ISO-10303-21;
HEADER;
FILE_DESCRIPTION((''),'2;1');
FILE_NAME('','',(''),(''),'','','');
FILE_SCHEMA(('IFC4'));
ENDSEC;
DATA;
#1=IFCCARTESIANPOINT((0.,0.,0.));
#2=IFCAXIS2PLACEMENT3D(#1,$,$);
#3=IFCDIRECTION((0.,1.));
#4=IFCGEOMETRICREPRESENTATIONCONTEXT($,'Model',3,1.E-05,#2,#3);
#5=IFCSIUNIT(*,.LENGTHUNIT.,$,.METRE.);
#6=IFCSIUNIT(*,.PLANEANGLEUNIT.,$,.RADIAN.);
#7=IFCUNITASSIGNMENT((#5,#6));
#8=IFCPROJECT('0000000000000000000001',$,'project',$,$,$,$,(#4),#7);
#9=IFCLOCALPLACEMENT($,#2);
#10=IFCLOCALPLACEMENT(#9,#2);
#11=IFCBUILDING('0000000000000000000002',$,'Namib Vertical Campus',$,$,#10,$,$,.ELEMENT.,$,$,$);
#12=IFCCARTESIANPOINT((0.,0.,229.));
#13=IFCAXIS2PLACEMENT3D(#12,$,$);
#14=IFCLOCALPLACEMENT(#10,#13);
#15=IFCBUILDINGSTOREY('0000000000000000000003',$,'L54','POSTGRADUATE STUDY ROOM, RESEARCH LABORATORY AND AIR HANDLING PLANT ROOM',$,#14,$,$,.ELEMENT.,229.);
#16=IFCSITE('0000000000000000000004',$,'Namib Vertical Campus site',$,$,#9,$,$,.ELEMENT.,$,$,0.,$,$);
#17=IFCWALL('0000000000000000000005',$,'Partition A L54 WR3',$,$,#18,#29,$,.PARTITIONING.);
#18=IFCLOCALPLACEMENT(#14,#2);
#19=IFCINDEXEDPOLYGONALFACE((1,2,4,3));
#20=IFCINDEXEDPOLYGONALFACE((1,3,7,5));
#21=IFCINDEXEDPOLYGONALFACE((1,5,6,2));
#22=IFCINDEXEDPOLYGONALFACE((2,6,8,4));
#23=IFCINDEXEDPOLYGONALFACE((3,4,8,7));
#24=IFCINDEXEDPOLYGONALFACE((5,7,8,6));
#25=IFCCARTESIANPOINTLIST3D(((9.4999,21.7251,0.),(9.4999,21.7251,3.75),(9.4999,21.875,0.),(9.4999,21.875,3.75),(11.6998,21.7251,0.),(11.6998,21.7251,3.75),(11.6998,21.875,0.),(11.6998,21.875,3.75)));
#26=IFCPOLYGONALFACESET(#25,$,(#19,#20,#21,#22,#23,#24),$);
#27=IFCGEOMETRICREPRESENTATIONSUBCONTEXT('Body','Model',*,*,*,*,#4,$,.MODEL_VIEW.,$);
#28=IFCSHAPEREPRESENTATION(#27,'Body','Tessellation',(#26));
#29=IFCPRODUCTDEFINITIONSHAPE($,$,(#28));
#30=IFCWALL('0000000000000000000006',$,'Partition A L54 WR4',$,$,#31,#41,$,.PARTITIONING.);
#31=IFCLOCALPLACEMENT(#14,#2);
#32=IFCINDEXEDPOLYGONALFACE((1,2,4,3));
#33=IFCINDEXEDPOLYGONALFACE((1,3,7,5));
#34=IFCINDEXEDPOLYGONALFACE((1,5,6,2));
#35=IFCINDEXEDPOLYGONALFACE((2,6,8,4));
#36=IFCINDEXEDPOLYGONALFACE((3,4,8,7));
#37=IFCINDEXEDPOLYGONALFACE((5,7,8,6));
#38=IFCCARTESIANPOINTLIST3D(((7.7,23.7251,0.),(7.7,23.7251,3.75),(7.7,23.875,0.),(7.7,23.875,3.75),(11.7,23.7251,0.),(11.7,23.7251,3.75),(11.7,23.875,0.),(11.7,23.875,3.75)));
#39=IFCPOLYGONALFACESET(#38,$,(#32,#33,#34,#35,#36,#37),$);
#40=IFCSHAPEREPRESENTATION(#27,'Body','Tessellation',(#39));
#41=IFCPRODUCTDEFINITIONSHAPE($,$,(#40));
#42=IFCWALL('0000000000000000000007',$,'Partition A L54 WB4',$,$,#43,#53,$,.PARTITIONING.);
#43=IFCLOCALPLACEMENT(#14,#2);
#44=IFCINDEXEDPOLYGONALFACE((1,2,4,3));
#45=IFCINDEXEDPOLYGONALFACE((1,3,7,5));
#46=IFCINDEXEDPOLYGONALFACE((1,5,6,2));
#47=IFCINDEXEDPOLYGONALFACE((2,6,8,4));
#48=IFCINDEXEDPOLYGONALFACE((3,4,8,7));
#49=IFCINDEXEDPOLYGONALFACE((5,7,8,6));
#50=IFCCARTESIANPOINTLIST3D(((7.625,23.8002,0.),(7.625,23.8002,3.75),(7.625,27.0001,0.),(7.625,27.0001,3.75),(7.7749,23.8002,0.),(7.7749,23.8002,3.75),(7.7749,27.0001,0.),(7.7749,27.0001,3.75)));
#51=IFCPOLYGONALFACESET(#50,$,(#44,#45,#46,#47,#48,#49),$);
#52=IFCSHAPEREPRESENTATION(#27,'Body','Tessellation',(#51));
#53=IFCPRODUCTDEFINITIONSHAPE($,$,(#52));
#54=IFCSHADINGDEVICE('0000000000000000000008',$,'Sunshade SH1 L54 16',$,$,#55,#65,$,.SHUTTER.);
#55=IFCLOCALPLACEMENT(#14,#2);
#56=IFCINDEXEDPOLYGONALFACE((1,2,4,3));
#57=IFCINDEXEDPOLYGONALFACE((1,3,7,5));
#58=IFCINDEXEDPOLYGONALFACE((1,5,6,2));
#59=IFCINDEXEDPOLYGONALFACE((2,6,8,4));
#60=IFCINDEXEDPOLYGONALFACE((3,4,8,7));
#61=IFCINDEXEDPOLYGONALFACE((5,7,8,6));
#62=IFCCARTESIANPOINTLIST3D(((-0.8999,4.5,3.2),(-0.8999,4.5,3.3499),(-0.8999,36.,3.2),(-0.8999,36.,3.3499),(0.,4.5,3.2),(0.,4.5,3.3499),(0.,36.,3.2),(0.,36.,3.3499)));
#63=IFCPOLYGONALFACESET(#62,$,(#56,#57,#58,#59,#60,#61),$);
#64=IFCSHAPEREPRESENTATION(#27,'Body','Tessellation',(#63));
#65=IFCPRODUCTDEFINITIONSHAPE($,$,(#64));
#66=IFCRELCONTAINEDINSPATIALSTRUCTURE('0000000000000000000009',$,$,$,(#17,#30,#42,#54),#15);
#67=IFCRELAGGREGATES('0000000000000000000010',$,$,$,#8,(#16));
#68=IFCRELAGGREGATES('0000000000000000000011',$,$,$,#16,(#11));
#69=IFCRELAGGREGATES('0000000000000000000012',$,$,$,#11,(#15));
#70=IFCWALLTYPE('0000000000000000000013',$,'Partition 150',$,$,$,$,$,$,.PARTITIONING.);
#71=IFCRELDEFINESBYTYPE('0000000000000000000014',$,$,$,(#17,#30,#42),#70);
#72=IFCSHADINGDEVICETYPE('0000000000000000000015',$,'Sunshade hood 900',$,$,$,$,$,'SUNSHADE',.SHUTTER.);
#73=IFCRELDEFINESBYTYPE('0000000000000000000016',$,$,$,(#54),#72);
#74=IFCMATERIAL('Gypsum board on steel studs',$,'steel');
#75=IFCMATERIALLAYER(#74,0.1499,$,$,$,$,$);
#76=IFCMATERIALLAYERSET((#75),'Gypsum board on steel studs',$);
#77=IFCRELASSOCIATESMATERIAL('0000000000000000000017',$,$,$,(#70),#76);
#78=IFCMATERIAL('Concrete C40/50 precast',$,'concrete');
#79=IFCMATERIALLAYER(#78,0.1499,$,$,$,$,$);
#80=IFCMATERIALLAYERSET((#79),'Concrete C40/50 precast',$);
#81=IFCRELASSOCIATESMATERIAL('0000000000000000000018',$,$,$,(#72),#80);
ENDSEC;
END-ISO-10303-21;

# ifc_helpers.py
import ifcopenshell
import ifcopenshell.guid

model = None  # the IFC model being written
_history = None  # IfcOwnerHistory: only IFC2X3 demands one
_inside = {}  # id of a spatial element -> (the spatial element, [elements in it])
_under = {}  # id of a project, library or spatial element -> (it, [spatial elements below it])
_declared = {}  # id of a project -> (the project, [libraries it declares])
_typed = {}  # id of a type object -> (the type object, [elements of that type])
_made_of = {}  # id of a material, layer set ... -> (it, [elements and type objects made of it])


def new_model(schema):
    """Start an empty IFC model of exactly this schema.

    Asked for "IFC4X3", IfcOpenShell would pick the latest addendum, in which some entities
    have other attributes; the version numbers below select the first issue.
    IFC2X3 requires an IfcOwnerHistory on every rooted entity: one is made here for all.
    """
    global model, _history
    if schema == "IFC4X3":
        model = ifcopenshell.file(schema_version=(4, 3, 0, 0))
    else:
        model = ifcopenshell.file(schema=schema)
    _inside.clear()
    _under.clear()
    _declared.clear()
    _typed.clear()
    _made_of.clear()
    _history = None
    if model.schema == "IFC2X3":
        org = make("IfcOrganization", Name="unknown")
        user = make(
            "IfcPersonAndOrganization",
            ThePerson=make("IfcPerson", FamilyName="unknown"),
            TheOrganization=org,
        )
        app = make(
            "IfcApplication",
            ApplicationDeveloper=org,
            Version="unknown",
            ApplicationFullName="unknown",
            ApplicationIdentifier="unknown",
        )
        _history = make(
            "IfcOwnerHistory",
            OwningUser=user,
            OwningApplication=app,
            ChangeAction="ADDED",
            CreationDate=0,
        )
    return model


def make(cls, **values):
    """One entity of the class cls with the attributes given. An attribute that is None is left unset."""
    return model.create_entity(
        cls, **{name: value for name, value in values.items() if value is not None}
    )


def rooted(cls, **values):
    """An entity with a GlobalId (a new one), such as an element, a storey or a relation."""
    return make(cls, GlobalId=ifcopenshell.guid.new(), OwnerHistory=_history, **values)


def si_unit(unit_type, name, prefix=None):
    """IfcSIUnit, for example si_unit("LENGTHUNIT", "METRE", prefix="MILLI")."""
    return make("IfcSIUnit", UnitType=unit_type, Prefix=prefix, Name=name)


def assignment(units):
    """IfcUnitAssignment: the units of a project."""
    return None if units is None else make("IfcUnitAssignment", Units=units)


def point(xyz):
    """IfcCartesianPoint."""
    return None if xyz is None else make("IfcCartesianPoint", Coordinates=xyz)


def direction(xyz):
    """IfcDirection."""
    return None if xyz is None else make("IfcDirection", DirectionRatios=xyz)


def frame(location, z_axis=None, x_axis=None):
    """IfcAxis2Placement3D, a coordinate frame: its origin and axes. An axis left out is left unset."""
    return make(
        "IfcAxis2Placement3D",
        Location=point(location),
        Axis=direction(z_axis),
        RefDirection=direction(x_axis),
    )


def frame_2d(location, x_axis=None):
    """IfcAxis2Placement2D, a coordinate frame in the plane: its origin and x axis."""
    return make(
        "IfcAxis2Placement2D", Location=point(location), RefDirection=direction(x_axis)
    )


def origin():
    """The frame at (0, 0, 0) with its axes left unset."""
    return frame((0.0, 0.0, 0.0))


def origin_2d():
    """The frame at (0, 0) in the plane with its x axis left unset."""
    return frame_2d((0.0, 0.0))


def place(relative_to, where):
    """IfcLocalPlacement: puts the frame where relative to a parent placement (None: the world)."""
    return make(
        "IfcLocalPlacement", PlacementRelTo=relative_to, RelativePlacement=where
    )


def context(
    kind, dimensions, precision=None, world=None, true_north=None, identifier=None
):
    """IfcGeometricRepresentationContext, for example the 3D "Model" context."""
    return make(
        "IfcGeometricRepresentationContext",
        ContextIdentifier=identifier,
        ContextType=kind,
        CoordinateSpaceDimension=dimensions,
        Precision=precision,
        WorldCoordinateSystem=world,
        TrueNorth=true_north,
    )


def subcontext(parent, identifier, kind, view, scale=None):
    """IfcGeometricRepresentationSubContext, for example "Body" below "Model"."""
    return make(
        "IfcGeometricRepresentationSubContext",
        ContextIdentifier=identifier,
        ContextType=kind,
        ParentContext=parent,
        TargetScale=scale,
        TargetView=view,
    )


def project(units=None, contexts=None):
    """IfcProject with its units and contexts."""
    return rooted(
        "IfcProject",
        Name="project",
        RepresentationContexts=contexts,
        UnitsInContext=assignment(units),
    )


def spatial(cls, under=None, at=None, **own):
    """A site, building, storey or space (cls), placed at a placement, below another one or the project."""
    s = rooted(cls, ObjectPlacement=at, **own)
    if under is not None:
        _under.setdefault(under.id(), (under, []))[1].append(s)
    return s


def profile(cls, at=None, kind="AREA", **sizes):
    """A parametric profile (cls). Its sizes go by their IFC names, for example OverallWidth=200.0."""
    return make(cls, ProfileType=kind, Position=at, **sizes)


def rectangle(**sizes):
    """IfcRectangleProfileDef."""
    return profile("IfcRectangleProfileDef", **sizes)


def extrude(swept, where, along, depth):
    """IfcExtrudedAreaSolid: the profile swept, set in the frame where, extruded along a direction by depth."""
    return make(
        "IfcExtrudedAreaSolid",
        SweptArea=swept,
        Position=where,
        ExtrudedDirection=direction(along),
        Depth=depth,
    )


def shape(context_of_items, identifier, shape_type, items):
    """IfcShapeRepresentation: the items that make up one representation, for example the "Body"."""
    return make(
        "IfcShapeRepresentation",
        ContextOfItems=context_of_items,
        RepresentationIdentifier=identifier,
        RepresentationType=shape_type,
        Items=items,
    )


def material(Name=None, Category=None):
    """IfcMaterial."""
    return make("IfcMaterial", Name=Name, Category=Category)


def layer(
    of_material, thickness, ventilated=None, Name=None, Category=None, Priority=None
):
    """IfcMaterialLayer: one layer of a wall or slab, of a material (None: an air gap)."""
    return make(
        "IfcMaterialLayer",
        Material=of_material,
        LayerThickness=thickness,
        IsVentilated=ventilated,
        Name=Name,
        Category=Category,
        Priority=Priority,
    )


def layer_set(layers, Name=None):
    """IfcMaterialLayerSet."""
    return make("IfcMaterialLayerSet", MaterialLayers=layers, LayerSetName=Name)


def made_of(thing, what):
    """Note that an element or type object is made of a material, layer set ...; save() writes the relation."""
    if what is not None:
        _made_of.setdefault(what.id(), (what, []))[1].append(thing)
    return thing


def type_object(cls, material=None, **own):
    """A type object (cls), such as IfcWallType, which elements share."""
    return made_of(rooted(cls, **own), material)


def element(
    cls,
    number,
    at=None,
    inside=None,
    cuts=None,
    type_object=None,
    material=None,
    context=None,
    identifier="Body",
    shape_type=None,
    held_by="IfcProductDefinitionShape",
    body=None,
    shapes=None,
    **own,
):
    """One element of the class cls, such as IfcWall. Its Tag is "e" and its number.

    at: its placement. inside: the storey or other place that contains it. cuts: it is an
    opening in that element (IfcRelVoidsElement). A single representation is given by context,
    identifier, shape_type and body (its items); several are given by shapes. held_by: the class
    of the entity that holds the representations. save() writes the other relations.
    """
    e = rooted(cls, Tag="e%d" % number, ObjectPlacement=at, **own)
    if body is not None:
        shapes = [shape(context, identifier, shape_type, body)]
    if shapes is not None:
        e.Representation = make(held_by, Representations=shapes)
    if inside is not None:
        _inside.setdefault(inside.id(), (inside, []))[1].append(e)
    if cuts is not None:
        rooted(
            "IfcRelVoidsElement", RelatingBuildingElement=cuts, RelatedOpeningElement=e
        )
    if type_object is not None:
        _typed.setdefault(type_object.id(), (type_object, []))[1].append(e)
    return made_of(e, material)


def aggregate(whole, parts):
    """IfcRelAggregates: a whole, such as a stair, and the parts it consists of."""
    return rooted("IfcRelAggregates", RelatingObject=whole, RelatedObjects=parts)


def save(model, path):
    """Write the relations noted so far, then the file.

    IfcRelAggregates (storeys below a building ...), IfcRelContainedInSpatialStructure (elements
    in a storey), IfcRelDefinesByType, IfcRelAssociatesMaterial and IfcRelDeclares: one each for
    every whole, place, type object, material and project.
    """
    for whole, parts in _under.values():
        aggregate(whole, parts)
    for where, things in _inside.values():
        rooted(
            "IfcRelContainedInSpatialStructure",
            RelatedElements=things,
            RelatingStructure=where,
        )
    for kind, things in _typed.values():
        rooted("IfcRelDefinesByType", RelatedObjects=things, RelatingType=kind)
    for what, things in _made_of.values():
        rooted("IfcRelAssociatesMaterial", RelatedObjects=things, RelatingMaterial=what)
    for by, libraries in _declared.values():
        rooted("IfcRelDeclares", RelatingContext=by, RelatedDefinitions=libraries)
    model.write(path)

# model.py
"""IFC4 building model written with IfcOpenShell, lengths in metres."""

from ifc_helpers import new_model, si_unit, direction, frame, frame_2d, origin, origin_2d, place, context, subcontext, project, spatial, rectangle, extrude, material, layer, layer_set, type_object, element, save


model = new_model("IFC4")

# Units and contexts
model_context = context("Model", 3, precision=1e-05, world=origin(), true_north=direction((0.0, 1.0)))
body_context = subcontext(model_context, "Body", "Model", "MODEL_VIEW")
ifc_project = project(units=[si_unit("LENGTHUNIT", "METRE"), si_unit("PLANEANGLEUNIT", "RADIAN")], contexts=[model_context])

# Site, building, storey
site_placement = place(None, origin())
site = spatial("IfcSite", under=ifc_project, at=site_placement, Name="Namib Vertical Campus site", CompositionType="ELEMENT", RefElevation=0.0)
building_placement = place(site_placement, origin())
building = spatial("IfcBuilding", under=site, at=building_placement, Name="Namib Vertical Campus", CompositionType="ELEMENT")
storey_placement = place(building_placement, frame((0.0, 0.0, 229.0)))
storey = spatial("IfcBuildingStorey", under=building, at=storey_placement, Name="L54", Description="POSTGRADUATE STUDY ROOM, RESEARCH LABORATORY AND AIR HANDLING PLANT ROOM", CompositionType="ELEMENT", Elevation=229.0)

# Walls
ifc_material_1 = material(Name="Gypsum board on steel studs", Category="steel")
ifc_layer_1 = layer(ifc_material_1, 0.1499)
ifc_layer_set_1 = layer_set([ifc_layer_1], Name="Gypsum board on steel studs")
wall_type_1 = type_object("IfcWallType", Name="Partition 150", PredefinedType="PARTITIONING", material=ifc_layer_set_1)
wall_1_placement = place(storey_placement, frame((11.7, 21.8, 0.0), z_axis=(0.0, 0.0, 1.0), x_axis=(-1.0, 0.0, 0.0)))
element("IfcWall", 1, at=wall_1_placement, inside=storey, type_object=wall_type_1, Name="Partition A L54 WR3", PredefinedType="PARTITIONING", context=body_context, shape_type="SweptSolid", body=[
    extrude(rectangle(XDim=2.2, YDim=0.1499, at=frame_2d((1.1001, 0.0))), origin(), (0.0, 0.0, 1.0), 3.75),
])
wall_2_placement = place(storey_placement, frame((11.7, 23.8, 0.0), z_axis=(0.0, 0.0, 1.0), x_axis=(-1.0, 0.0, 0.0)))
element("IfcWall", 2, at=wall_2_placement, inside=storey, type_object=wall_type_1, Name="Partition A L54 WR4", PredefinedType="PARTITIONING", context=body_context, shape_type="SweptSolid", body=[
    extrude(rectangle(XDim=4.0, YDim=0.1499, at=frame_2d((2.0, 0.0))), origin(), (0.0, 0.0, 1.0), 3.75),
])
wall_3_placement = place(storey_placement, frame((7.7, 23.8, 0.0), z_axis=(0.0, 0.0, 1.0), x_axis=(0.0, 1.0, 0.0)))
element("IfcWall", 3, at=wall_3_placement, inside=storey, type_object=wall_type_1, Name="Partition A L54 WB4", PredefinedType="PARTITIONING", context=body_context, shape_type="SweptSolid", body=[
    extrude(rectangle(XDim=3.2, YDim=0.1499, at=frame_2d((1.6001, 0.0))), origin(), (0.0, 0.0, 1.0), 3.75),
])

# Shading device
ifc_material_2 = material(Name="Concrete C40/50 precast", Category="concrete")
ifc_layer_2 = layer(ifc_material_2, 0.1499)
ifc_layer_set_2 = layer_set([ifc_layer_2], Name="Concrete C40/50 precast")
shading_device_type = type_object("IfcShadingDeviceType", Name="Sunshade hood 900", ElementType="SUNSHADE", PredefinedType="SHUTTER", material=ifc_layer_set_2)
shading_device_placement = place(storey_placement, frame((-0.45, 20.25, 3.2), z_axis=(0.0, 0.0, 1.0), x_axis=(0.0, -1.0, 0.0)))
element("IfcShadingDevice", 4, at=shading_device_placement, inside=storey, type_object=shading_device_type, Name="Sunshade SH1 L54 16", PredefinedType="SHUTTER", context=body_context, shape_type="SweptSolid", body=[
    extrude(rectangle(XDim=31.5, YDim=0.8999, at=origin_2d()), origin(), (0.0, 0.0, 1.0), 0.1499),
])

save(model, "model.ifc")
